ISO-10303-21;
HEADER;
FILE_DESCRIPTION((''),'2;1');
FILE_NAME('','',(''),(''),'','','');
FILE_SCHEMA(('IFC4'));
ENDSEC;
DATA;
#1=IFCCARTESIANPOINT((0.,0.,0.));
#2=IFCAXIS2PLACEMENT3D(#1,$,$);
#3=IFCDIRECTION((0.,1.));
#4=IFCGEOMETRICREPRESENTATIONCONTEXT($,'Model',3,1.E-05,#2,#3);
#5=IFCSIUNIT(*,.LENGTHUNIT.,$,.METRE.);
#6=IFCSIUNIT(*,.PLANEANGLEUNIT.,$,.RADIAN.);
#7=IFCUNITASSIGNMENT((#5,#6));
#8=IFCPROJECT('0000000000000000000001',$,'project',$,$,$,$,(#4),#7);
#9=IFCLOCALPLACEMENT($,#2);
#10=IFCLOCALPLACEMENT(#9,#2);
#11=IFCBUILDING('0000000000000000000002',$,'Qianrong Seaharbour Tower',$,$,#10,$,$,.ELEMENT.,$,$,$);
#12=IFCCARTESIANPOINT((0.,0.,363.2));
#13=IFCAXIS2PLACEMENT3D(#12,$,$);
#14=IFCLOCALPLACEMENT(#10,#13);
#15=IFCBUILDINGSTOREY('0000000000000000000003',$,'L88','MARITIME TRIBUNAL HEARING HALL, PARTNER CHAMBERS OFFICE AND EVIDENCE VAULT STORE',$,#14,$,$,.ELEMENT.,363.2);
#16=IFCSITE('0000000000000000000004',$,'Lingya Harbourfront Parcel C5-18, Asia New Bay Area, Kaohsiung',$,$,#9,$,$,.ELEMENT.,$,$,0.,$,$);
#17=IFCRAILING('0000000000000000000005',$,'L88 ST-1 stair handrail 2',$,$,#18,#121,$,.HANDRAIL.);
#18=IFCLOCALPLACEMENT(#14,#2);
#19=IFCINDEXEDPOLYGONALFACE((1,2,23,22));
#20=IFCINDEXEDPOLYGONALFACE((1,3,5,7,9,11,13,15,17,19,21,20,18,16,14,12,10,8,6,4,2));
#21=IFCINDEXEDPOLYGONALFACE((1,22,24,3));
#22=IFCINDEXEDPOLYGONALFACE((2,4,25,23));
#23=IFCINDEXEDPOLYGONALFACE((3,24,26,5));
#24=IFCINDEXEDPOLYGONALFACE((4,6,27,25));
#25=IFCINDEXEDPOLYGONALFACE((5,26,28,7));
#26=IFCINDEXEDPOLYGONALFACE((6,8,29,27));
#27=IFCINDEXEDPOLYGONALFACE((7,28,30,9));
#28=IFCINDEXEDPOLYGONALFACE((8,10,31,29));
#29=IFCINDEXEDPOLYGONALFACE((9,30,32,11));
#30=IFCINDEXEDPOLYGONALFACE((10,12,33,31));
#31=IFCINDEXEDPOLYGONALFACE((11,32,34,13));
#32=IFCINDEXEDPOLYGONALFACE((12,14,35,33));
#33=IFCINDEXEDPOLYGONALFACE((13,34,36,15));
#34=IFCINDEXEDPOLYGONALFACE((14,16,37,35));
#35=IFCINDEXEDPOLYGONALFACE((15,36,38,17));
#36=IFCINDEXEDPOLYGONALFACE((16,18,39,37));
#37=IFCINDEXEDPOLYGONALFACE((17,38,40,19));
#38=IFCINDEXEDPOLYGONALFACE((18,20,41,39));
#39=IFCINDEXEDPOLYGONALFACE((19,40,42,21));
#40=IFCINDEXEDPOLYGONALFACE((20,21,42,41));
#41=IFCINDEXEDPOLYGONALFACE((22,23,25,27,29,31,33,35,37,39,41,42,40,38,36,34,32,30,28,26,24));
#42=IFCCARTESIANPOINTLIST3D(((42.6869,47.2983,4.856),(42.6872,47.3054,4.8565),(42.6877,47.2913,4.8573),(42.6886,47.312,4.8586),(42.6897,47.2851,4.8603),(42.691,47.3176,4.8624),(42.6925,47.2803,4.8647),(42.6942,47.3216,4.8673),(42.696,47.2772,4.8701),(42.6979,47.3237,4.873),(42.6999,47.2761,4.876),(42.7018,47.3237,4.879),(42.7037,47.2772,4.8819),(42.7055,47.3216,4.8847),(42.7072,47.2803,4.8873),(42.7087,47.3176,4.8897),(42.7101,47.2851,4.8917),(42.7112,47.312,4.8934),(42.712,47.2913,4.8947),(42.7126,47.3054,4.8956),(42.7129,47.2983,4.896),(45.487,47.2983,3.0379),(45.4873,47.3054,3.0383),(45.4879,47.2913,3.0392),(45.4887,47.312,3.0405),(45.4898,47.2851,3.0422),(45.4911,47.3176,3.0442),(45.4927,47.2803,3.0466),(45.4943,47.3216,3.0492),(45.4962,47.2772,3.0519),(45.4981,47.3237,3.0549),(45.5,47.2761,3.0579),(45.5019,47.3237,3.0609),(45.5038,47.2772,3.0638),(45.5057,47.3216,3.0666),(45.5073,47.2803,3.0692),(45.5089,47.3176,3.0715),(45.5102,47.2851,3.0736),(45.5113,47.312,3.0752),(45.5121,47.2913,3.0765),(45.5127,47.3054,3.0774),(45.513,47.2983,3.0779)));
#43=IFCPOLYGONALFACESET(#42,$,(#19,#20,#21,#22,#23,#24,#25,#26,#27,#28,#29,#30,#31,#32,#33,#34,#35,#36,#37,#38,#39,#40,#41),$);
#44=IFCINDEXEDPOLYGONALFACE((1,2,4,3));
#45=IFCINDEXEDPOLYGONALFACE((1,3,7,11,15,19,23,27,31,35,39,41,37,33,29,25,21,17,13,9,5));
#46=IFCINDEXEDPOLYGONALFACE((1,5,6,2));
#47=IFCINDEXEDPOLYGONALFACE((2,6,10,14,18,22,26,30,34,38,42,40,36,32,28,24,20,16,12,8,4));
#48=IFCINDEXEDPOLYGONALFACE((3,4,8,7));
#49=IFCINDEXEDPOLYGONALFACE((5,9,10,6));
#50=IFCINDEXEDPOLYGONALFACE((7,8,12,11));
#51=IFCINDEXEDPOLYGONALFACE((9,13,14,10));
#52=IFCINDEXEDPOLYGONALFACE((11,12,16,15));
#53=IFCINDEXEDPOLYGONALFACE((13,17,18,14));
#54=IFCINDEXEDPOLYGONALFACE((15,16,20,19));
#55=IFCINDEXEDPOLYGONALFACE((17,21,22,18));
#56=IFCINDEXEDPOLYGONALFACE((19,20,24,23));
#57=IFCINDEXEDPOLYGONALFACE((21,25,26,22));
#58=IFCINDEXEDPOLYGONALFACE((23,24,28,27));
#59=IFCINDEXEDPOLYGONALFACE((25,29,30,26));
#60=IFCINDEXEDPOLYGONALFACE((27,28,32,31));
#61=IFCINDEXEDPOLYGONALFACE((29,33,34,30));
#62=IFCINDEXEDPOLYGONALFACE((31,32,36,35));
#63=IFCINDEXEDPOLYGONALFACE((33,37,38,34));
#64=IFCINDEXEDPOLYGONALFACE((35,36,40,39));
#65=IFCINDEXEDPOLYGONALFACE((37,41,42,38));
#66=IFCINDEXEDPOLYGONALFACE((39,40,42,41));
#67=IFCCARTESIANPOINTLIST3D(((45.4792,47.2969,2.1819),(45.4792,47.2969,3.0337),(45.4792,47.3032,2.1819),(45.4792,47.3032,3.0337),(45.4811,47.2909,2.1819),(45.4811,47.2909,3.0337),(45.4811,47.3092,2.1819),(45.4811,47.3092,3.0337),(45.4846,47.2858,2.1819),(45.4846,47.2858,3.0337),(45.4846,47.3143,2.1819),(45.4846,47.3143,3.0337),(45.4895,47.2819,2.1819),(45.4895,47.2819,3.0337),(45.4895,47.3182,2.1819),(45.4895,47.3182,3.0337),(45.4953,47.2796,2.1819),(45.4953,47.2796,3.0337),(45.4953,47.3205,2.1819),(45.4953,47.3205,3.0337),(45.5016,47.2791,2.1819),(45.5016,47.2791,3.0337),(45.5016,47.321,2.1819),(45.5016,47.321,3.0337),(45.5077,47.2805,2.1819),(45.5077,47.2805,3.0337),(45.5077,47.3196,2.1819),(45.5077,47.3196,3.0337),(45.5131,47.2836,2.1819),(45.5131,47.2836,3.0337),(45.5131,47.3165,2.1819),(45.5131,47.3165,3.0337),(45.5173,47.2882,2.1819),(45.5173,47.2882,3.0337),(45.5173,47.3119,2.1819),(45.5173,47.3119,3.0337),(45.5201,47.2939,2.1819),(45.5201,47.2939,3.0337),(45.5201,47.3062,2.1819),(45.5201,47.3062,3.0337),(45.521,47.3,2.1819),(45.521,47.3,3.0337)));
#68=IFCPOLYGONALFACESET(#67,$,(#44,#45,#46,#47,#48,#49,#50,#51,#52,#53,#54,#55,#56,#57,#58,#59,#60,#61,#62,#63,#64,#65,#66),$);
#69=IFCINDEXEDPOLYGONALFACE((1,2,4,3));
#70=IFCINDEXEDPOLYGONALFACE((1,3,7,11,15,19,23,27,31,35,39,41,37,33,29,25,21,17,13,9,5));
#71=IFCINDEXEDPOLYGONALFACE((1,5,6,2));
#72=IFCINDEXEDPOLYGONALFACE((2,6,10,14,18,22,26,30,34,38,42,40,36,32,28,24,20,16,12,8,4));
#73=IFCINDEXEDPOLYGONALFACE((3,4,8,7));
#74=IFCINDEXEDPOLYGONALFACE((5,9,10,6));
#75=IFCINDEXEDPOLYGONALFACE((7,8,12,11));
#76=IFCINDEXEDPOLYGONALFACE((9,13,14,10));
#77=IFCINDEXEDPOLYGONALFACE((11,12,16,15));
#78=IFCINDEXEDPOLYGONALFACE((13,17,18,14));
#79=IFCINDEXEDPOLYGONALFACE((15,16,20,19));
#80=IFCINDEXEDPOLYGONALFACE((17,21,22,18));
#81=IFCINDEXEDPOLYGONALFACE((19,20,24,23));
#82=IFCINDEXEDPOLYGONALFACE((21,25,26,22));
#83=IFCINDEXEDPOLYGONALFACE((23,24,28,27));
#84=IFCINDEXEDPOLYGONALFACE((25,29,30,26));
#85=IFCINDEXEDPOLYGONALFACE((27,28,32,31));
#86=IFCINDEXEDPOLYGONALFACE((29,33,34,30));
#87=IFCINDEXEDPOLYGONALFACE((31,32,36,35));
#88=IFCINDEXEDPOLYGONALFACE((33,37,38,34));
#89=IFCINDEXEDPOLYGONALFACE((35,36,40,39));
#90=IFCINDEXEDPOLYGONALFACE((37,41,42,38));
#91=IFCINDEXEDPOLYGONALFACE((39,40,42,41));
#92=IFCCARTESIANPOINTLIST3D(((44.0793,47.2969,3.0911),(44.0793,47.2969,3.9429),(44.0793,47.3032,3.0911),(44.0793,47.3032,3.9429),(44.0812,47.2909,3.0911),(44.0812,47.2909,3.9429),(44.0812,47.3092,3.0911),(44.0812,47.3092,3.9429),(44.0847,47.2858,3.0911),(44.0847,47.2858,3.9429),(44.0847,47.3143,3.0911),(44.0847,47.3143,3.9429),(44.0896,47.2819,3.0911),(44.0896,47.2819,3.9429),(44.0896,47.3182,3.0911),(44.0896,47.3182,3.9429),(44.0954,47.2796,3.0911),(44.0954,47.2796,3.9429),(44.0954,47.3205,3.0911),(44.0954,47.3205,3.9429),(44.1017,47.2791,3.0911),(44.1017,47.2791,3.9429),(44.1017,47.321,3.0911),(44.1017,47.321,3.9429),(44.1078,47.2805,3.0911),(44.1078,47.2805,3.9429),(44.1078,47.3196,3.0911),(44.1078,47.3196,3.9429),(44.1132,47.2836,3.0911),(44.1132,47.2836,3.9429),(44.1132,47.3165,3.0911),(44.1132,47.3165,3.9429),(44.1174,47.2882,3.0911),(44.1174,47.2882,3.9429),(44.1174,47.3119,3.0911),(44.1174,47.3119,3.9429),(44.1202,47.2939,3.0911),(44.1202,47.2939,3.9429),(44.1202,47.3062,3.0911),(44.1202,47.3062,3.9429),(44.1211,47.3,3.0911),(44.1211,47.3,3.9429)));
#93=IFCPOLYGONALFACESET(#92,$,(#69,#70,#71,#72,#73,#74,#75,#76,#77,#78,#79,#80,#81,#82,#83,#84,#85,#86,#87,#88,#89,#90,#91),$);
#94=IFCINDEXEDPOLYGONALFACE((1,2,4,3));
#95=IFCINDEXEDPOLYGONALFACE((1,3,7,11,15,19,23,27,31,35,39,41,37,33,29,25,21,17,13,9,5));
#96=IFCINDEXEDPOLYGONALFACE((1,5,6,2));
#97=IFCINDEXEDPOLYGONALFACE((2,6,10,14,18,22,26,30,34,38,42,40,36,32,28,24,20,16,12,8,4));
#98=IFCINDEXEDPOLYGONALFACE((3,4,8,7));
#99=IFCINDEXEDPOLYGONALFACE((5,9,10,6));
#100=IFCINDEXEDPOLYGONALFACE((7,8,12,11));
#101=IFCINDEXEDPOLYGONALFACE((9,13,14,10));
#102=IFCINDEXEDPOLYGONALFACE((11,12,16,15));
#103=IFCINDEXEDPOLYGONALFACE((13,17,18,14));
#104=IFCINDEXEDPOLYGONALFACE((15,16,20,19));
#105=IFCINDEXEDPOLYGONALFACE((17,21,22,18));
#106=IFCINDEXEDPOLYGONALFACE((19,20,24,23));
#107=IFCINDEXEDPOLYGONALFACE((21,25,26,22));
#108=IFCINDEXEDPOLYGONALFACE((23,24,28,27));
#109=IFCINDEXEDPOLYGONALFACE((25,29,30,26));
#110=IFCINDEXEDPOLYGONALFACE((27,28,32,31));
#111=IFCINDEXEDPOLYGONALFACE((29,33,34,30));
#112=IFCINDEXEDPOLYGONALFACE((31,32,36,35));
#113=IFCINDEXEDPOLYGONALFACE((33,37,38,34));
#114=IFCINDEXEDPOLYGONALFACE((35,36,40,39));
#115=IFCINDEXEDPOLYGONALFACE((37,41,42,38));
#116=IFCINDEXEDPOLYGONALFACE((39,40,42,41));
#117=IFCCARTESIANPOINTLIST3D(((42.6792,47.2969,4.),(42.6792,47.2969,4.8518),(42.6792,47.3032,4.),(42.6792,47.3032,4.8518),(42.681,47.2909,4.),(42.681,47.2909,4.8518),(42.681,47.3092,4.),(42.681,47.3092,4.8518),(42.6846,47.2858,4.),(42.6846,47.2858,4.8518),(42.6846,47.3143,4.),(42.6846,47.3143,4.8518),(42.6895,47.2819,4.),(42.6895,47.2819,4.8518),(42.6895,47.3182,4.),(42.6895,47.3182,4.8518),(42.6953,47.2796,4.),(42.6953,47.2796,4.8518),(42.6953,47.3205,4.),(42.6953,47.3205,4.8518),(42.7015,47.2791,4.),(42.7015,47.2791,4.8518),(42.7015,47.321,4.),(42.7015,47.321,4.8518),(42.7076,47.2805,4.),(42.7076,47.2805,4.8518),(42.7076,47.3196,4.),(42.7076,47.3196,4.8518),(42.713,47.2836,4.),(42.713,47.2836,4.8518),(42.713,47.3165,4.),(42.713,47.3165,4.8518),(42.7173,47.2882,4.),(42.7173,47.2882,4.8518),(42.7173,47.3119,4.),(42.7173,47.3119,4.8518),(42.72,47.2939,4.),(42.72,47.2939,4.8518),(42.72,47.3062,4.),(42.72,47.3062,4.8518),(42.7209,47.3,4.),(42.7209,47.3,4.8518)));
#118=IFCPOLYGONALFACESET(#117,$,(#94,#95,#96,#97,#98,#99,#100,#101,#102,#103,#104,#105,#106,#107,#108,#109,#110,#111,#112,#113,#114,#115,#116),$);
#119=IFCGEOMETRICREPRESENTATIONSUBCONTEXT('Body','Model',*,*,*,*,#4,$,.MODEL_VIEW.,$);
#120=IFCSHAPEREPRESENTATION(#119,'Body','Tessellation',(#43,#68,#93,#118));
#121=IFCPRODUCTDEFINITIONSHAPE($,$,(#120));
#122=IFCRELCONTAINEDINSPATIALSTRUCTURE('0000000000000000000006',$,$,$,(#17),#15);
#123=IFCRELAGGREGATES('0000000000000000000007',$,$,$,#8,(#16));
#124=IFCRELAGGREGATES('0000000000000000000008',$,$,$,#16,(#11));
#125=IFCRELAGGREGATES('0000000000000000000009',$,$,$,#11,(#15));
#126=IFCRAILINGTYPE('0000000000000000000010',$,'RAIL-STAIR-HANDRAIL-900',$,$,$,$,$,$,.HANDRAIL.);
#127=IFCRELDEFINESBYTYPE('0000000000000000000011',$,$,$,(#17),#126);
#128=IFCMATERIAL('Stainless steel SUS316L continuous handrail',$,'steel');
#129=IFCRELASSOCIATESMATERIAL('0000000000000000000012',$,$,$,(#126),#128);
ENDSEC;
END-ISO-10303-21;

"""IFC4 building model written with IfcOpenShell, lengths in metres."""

from ifc_helpers import new_model, si_unit, direction, frame, origin, origin_2d, place, context, subcontext, project, spatial, circle, extrude, material, type_object, element, save


model = new_model("IFC4")

# Units and contexts
model_context = context("Model", 3, precision=1e-05, world=origin(), true_north=direction((0.0, 1.0)))
body_context = subcontext(model_context, "Body", "Model", "MODEL_VIEW")
ifc_project = project(units=[si_unit("LENGTHUNIT", "METRE"), si_unit("PLANEANGLEUNIT", "RADIAN")], contexts=[model_context])

# Site, building, storey
site_placement = place(None, origin())
site = spatial("IfcSite", under=ifc_project, at=site_placement, Name="Lingya Harbourfront Parcel C5-18, Asia New Bay Area, Kaohsiung", CompositionType="ELEMENT", RefElevation=0.0)
building_placement = place(site_placement, origin())
building = spatial("IfcBuilding", under=site, at=building_placement, Name="Qianrong Seaharbour Tower", CompositionType="ELEMENT")
storey_placement = place(building_placement, frame((0.0, 0.0, 363.2)))
storey = spatial("IfcBuildingStorey", under=building, at=storey_placement, Name="L88", Description="MARITIME TRIBUNAL HEARING HALL, PARTNER CHAMBERS OFFICE AND EVIDENCE VAULT STORE", CompositionType="ELEMENT", Elevation=363.2)

# Railing
ifc_material_1 = material(Name="Stainless steel SUS316L continuous handrail", Category="steel")
railing_type_1 = type_object("IfcRailingType", Name="RAIL-STAIR-HANDRAIL-900", PredefinedType="HANDRAIL", material=ifc_material_1)
railing_1_placement = place(storey_placement, frame((45.5, 47.3, 2.1819)))
element("IfcRailing", 1, at=railing_1_placement, inside=storey, type_object=railing_type_1, Name="L88 ST-1 stair handrail 2", PredefinedType="HANDRAIL", context=body_context, shape_type="SweptSolid", body=[
    extrude(circle(Radius=0.0239, at=origin_2d()), frame((0.0, 0.0, 0.876), z_axis=(-0.838706, 0.0, 0.544585), x_axis=(0.0, -1.0, 0.0)), (0.0, 0.0, 1.0), 3.3386),
    extrude(circle(Radius=0.021, at=origin_2d()), origin(), (0.0, 0.0, 1.0), 0.8518),
    extrude(circle(Radius=0.021, at=origin_2d()), frame((-1.3999, 0.0, 0.9092)), (0.0, 0.0, 1.0), 0.8518),
    extrude(circle(Radius=0.021, at=origin_2d()), frame((-2.8, 0.0, 1.8181)), (0.0, 0.0, 1.0), 0.8518),
])

save(model, "model.ifc")
